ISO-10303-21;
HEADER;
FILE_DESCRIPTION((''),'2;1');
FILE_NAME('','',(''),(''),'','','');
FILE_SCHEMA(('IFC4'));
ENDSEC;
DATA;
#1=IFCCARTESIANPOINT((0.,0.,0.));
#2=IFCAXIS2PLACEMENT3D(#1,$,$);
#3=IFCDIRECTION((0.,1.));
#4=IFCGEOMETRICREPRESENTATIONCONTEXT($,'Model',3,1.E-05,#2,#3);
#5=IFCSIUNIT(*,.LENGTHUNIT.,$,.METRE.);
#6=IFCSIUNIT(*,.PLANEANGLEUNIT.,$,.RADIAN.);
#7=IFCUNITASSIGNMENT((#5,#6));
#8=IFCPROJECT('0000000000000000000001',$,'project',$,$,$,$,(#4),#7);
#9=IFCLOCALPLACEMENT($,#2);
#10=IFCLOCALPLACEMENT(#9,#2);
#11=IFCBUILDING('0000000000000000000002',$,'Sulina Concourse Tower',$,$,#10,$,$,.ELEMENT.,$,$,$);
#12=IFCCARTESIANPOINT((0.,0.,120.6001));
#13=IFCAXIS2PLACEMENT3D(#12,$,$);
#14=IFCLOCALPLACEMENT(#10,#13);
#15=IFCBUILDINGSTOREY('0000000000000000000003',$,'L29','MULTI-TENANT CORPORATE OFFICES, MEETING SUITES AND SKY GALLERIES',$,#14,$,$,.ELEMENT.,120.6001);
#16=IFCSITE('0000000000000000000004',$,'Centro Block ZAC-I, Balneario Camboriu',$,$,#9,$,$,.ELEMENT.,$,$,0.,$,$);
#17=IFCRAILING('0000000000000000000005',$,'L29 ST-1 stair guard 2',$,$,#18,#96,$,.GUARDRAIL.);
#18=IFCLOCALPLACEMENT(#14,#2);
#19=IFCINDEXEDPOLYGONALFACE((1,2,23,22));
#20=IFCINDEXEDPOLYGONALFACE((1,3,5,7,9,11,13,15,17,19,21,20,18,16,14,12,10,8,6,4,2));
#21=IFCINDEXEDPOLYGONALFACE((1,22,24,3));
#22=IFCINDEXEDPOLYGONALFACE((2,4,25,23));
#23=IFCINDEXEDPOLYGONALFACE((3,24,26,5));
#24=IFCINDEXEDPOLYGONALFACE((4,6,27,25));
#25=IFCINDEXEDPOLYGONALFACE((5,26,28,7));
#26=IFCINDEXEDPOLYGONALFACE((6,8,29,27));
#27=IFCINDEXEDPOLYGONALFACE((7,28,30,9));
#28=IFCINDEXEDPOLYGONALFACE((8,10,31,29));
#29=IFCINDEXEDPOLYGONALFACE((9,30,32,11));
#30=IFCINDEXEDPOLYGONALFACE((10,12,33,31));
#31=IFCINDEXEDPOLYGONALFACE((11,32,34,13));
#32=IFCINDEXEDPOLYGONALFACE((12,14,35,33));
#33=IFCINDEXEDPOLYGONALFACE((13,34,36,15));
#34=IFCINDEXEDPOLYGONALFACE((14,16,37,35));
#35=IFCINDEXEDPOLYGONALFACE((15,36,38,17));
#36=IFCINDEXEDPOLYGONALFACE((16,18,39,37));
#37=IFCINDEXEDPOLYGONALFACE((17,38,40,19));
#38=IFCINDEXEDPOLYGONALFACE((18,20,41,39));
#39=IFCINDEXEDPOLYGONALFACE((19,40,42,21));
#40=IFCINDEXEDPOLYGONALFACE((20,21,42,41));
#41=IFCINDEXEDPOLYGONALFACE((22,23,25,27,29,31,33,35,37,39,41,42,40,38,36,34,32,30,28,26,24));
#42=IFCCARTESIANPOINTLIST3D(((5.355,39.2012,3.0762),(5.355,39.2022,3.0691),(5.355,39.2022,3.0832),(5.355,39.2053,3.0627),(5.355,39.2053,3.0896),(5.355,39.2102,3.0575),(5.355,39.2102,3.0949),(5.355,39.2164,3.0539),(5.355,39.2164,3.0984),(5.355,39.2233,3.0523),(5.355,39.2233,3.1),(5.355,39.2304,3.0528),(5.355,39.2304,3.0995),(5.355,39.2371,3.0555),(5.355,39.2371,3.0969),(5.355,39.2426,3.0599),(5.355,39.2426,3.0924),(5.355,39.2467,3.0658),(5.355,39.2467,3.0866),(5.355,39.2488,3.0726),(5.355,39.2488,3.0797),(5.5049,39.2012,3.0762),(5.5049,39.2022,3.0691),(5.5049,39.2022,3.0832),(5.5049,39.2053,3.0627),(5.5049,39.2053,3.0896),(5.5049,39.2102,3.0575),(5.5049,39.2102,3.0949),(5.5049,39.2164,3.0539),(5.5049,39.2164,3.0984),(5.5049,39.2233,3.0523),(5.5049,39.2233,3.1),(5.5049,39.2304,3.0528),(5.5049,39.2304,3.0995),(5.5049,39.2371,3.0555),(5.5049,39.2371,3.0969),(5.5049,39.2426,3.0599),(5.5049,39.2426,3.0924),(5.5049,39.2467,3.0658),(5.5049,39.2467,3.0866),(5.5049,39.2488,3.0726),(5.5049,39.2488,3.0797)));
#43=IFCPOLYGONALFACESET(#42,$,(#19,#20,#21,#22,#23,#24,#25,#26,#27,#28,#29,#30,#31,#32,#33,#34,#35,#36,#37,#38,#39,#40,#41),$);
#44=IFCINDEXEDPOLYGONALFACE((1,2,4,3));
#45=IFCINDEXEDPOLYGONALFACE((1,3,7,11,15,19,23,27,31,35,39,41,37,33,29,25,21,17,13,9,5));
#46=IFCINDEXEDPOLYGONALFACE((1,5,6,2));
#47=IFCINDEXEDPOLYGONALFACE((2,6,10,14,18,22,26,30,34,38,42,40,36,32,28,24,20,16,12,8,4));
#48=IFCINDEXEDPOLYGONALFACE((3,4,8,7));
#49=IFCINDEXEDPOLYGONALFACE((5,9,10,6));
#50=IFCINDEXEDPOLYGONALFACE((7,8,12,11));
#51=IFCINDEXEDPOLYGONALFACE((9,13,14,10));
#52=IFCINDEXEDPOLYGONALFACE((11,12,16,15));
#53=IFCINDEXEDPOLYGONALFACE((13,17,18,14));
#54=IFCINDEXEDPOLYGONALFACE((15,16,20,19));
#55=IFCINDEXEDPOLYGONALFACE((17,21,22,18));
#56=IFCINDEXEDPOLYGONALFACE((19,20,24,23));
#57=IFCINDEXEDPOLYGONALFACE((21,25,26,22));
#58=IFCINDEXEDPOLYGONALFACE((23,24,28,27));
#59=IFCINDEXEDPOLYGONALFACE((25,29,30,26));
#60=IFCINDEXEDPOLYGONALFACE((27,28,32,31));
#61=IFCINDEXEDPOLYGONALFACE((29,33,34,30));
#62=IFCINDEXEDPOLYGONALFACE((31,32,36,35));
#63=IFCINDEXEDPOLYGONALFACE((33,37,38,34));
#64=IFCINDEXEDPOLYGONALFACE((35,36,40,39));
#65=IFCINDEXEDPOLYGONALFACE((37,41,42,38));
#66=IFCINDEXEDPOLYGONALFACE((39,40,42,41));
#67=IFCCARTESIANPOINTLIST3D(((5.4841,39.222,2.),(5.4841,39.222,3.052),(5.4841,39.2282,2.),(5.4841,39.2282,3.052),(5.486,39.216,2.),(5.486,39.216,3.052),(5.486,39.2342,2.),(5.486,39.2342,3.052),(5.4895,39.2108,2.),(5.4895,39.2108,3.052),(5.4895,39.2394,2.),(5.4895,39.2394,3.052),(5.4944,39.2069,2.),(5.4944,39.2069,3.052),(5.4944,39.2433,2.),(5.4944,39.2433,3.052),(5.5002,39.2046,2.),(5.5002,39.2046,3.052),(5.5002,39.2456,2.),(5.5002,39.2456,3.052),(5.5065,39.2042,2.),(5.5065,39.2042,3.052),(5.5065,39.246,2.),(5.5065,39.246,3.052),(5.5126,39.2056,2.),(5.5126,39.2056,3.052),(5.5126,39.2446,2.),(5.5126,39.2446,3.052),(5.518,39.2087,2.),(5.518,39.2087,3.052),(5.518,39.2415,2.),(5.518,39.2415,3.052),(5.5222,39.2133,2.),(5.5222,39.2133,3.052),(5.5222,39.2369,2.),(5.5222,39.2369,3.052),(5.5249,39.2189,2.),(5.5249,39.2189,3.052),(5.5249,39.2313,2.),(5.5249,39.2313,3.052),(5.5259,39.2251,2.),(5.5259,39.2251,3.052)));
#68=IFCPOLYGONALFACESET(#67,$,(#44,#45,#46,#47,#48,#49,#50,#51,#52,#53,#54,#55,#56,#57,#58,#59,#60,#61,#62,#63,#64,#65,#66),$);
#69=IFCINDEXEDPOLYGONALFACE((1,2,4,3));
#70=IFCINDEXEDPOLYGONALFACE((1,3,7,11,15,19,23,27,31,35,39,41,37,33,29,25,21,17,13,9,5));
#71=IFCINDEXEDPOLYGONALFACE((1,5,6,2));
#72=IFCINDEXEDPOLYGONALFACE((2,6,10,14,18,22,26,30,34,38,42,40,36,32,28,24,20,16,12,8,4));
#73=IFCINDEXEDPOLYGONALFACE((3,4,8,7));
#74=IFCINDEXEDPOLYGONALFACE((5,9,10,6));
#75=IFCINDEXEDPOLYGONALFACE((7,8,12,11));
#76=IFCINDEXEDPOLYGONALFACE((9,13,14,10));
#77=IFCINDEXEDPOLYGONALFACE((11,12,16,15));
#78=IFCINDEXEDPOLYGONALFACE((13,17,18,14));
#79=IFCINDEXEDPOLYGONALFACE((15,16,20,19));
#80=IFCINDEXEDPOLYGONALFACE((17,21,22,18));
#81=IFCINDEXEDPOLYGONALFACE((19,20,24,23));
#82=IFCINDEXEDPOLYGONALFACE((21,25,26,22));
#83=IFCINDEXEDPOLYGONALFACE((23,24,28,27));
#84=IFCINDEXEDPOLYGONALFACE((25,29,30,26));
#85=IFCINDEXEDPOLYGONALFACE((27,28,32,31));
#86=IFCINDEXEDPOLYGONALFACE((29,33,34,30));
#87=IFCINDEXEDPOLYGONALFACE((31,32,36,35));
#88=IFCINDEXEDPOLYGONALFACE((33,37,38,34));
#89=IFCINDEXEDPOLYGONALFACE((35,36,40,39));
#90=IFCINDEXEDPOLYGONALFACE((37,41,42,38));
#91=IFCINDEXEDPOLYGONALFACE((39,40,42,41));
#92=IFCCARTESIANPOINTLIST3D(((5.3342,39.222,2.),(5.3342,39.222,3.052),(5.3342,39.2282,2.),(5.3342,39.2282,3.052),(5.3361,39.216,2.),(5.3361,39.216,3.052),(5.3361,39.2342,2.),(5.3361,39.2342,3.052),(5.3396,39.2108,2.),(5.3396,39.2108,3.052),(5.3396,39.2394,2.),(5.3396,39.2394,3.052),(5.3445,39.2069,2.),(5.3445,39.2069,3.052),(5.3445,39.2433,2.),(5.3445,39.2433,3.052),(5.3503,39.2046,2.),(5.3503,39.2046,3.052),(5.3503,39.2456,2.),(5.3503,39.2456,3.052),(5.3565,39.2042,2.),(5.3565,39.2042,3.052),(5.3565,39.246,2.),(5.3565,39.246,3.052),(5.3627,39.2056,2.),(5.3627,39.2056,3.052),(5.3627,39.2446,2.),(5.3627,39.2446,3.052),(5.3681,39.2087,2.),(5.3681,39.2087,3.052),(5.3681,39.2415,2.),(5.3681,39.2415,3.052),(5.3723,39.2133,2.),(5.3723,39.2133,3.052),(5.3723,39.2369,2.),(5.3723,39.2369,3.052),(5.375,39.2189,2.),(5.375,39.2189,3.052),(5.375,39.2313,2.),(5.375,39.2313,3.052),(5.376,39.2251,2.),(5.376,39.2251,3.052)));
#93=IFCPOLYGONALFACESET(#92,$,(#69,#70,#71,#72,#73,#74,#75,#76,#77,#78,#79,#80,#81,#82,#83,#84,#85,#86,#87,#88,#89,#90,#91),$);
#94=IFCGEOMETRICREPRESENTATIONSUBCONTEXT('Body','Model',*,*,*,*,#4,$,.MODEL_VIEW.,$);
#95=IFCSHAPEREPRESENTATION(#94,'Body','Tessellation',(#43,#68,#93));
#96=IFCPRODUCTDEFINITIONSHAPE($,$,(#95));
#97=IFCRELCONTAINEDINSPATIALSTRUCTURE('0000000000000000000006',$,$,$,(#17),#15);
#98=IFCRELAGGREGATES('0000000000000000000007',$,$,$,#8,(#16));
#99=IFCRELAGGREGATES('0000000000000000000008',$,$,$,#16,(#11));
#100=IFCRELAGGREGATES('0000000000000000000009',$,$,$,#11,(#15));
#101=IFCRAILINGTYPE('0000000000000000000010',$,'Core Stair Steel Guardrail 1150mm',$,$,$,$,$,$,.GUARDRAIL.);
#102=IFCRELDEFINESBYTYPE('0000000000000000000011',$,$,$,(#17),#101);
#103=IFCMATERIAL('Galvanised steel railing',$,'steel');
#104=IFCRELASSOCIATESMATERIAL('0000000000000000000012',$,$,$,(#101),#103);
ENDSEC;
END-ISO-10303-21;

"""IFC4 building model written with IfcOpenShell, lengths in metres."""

from ifc_helpers import new_model, si_unit, direction, frame, origin, origin_2d, place, context, subcontext, project, spatial, circle, extrude, material, type_object, element, save


model = new_model("IFC4")

# Units and contexts
model_context = context("Model", 3, precision=1e-05, world=origin(), true_north=direction((0.0, 1.0)))
body_context = subcontext(model_context, "Body", "Model", "MODEL_VIEW")
ifc_project = project(units=[si_unit("LENGTHUNIT", "METRE"), si_unit("PLANEANGLEUNIT", "RADIAN")], contexts=[model_context])

# Site, building, storey
site_placement = place(None, origin())
site = spatial("IfcSite", under=ifc_project, at=site_placement, Name="Centro Block ZAC-I, Balneario Camboriu", CompositionType="ELEMENT", RefElevation=0.0)
building_placement = place(site_placement, origin())
building = spatial("IfcBuilding", under=site, at=building_placement, Name="Sulina Concourse Tower", CompositionType="ELEMENT")
storey_placement = place(building_placement, frame((0.0, 0.0, 120.6001)))
storey = spatial("IfcBuildingStorey", under=building, at=storey_placement, Name="L29", Description="MULTI-TENANT CORPORATE OFFICES, MEETING SUITES AND SKY GALLERIES", CompositionType="ELEMENT", Elevation=120.6001)

# Railing
ifc_material_1 = material(Name="Galvanised steel railing", Category="steel")
railing_type_1 = type_object("IfcRailingType", Name="Core Stair Steel Guardrail 1150mm", PredefinedType="GUARDRAIL", material=ifc_material_1)
railing_1_placement = place(storey_placement, frame((5.5049, 39.2251, 2.0)))
element("IfcRailing", 1, at=railing_1_placement, inside=storey, type_object=railing_type_1, Name="L29 ST-1 stair guard 2", PredefinedType="GUARDRAIL", context=body_context, shape_type="SweptSolid", body=[
    extrude(circle(Radius=0.0239, at=origin_2d()), frame((0.0, 0.0, 1.0762), z_axis=(-1.0, 0.0, 0.0), x_axis=(0.0, -1.0, 0.0)), (0.0, 0.0, 1.0), 0.1499),
    extrude(circle(Radius=0.021, at=origin_2d()), origin(), (0.0, 0.0, 1.0), 1.052),
    extrude(circle(Radius=0.021, at=origin_2d()), frame((-0.1499, 0.0, 0.0)), (0.0, 0.0, 1.0), 1.052),
])

save(model, "model.ifc")
